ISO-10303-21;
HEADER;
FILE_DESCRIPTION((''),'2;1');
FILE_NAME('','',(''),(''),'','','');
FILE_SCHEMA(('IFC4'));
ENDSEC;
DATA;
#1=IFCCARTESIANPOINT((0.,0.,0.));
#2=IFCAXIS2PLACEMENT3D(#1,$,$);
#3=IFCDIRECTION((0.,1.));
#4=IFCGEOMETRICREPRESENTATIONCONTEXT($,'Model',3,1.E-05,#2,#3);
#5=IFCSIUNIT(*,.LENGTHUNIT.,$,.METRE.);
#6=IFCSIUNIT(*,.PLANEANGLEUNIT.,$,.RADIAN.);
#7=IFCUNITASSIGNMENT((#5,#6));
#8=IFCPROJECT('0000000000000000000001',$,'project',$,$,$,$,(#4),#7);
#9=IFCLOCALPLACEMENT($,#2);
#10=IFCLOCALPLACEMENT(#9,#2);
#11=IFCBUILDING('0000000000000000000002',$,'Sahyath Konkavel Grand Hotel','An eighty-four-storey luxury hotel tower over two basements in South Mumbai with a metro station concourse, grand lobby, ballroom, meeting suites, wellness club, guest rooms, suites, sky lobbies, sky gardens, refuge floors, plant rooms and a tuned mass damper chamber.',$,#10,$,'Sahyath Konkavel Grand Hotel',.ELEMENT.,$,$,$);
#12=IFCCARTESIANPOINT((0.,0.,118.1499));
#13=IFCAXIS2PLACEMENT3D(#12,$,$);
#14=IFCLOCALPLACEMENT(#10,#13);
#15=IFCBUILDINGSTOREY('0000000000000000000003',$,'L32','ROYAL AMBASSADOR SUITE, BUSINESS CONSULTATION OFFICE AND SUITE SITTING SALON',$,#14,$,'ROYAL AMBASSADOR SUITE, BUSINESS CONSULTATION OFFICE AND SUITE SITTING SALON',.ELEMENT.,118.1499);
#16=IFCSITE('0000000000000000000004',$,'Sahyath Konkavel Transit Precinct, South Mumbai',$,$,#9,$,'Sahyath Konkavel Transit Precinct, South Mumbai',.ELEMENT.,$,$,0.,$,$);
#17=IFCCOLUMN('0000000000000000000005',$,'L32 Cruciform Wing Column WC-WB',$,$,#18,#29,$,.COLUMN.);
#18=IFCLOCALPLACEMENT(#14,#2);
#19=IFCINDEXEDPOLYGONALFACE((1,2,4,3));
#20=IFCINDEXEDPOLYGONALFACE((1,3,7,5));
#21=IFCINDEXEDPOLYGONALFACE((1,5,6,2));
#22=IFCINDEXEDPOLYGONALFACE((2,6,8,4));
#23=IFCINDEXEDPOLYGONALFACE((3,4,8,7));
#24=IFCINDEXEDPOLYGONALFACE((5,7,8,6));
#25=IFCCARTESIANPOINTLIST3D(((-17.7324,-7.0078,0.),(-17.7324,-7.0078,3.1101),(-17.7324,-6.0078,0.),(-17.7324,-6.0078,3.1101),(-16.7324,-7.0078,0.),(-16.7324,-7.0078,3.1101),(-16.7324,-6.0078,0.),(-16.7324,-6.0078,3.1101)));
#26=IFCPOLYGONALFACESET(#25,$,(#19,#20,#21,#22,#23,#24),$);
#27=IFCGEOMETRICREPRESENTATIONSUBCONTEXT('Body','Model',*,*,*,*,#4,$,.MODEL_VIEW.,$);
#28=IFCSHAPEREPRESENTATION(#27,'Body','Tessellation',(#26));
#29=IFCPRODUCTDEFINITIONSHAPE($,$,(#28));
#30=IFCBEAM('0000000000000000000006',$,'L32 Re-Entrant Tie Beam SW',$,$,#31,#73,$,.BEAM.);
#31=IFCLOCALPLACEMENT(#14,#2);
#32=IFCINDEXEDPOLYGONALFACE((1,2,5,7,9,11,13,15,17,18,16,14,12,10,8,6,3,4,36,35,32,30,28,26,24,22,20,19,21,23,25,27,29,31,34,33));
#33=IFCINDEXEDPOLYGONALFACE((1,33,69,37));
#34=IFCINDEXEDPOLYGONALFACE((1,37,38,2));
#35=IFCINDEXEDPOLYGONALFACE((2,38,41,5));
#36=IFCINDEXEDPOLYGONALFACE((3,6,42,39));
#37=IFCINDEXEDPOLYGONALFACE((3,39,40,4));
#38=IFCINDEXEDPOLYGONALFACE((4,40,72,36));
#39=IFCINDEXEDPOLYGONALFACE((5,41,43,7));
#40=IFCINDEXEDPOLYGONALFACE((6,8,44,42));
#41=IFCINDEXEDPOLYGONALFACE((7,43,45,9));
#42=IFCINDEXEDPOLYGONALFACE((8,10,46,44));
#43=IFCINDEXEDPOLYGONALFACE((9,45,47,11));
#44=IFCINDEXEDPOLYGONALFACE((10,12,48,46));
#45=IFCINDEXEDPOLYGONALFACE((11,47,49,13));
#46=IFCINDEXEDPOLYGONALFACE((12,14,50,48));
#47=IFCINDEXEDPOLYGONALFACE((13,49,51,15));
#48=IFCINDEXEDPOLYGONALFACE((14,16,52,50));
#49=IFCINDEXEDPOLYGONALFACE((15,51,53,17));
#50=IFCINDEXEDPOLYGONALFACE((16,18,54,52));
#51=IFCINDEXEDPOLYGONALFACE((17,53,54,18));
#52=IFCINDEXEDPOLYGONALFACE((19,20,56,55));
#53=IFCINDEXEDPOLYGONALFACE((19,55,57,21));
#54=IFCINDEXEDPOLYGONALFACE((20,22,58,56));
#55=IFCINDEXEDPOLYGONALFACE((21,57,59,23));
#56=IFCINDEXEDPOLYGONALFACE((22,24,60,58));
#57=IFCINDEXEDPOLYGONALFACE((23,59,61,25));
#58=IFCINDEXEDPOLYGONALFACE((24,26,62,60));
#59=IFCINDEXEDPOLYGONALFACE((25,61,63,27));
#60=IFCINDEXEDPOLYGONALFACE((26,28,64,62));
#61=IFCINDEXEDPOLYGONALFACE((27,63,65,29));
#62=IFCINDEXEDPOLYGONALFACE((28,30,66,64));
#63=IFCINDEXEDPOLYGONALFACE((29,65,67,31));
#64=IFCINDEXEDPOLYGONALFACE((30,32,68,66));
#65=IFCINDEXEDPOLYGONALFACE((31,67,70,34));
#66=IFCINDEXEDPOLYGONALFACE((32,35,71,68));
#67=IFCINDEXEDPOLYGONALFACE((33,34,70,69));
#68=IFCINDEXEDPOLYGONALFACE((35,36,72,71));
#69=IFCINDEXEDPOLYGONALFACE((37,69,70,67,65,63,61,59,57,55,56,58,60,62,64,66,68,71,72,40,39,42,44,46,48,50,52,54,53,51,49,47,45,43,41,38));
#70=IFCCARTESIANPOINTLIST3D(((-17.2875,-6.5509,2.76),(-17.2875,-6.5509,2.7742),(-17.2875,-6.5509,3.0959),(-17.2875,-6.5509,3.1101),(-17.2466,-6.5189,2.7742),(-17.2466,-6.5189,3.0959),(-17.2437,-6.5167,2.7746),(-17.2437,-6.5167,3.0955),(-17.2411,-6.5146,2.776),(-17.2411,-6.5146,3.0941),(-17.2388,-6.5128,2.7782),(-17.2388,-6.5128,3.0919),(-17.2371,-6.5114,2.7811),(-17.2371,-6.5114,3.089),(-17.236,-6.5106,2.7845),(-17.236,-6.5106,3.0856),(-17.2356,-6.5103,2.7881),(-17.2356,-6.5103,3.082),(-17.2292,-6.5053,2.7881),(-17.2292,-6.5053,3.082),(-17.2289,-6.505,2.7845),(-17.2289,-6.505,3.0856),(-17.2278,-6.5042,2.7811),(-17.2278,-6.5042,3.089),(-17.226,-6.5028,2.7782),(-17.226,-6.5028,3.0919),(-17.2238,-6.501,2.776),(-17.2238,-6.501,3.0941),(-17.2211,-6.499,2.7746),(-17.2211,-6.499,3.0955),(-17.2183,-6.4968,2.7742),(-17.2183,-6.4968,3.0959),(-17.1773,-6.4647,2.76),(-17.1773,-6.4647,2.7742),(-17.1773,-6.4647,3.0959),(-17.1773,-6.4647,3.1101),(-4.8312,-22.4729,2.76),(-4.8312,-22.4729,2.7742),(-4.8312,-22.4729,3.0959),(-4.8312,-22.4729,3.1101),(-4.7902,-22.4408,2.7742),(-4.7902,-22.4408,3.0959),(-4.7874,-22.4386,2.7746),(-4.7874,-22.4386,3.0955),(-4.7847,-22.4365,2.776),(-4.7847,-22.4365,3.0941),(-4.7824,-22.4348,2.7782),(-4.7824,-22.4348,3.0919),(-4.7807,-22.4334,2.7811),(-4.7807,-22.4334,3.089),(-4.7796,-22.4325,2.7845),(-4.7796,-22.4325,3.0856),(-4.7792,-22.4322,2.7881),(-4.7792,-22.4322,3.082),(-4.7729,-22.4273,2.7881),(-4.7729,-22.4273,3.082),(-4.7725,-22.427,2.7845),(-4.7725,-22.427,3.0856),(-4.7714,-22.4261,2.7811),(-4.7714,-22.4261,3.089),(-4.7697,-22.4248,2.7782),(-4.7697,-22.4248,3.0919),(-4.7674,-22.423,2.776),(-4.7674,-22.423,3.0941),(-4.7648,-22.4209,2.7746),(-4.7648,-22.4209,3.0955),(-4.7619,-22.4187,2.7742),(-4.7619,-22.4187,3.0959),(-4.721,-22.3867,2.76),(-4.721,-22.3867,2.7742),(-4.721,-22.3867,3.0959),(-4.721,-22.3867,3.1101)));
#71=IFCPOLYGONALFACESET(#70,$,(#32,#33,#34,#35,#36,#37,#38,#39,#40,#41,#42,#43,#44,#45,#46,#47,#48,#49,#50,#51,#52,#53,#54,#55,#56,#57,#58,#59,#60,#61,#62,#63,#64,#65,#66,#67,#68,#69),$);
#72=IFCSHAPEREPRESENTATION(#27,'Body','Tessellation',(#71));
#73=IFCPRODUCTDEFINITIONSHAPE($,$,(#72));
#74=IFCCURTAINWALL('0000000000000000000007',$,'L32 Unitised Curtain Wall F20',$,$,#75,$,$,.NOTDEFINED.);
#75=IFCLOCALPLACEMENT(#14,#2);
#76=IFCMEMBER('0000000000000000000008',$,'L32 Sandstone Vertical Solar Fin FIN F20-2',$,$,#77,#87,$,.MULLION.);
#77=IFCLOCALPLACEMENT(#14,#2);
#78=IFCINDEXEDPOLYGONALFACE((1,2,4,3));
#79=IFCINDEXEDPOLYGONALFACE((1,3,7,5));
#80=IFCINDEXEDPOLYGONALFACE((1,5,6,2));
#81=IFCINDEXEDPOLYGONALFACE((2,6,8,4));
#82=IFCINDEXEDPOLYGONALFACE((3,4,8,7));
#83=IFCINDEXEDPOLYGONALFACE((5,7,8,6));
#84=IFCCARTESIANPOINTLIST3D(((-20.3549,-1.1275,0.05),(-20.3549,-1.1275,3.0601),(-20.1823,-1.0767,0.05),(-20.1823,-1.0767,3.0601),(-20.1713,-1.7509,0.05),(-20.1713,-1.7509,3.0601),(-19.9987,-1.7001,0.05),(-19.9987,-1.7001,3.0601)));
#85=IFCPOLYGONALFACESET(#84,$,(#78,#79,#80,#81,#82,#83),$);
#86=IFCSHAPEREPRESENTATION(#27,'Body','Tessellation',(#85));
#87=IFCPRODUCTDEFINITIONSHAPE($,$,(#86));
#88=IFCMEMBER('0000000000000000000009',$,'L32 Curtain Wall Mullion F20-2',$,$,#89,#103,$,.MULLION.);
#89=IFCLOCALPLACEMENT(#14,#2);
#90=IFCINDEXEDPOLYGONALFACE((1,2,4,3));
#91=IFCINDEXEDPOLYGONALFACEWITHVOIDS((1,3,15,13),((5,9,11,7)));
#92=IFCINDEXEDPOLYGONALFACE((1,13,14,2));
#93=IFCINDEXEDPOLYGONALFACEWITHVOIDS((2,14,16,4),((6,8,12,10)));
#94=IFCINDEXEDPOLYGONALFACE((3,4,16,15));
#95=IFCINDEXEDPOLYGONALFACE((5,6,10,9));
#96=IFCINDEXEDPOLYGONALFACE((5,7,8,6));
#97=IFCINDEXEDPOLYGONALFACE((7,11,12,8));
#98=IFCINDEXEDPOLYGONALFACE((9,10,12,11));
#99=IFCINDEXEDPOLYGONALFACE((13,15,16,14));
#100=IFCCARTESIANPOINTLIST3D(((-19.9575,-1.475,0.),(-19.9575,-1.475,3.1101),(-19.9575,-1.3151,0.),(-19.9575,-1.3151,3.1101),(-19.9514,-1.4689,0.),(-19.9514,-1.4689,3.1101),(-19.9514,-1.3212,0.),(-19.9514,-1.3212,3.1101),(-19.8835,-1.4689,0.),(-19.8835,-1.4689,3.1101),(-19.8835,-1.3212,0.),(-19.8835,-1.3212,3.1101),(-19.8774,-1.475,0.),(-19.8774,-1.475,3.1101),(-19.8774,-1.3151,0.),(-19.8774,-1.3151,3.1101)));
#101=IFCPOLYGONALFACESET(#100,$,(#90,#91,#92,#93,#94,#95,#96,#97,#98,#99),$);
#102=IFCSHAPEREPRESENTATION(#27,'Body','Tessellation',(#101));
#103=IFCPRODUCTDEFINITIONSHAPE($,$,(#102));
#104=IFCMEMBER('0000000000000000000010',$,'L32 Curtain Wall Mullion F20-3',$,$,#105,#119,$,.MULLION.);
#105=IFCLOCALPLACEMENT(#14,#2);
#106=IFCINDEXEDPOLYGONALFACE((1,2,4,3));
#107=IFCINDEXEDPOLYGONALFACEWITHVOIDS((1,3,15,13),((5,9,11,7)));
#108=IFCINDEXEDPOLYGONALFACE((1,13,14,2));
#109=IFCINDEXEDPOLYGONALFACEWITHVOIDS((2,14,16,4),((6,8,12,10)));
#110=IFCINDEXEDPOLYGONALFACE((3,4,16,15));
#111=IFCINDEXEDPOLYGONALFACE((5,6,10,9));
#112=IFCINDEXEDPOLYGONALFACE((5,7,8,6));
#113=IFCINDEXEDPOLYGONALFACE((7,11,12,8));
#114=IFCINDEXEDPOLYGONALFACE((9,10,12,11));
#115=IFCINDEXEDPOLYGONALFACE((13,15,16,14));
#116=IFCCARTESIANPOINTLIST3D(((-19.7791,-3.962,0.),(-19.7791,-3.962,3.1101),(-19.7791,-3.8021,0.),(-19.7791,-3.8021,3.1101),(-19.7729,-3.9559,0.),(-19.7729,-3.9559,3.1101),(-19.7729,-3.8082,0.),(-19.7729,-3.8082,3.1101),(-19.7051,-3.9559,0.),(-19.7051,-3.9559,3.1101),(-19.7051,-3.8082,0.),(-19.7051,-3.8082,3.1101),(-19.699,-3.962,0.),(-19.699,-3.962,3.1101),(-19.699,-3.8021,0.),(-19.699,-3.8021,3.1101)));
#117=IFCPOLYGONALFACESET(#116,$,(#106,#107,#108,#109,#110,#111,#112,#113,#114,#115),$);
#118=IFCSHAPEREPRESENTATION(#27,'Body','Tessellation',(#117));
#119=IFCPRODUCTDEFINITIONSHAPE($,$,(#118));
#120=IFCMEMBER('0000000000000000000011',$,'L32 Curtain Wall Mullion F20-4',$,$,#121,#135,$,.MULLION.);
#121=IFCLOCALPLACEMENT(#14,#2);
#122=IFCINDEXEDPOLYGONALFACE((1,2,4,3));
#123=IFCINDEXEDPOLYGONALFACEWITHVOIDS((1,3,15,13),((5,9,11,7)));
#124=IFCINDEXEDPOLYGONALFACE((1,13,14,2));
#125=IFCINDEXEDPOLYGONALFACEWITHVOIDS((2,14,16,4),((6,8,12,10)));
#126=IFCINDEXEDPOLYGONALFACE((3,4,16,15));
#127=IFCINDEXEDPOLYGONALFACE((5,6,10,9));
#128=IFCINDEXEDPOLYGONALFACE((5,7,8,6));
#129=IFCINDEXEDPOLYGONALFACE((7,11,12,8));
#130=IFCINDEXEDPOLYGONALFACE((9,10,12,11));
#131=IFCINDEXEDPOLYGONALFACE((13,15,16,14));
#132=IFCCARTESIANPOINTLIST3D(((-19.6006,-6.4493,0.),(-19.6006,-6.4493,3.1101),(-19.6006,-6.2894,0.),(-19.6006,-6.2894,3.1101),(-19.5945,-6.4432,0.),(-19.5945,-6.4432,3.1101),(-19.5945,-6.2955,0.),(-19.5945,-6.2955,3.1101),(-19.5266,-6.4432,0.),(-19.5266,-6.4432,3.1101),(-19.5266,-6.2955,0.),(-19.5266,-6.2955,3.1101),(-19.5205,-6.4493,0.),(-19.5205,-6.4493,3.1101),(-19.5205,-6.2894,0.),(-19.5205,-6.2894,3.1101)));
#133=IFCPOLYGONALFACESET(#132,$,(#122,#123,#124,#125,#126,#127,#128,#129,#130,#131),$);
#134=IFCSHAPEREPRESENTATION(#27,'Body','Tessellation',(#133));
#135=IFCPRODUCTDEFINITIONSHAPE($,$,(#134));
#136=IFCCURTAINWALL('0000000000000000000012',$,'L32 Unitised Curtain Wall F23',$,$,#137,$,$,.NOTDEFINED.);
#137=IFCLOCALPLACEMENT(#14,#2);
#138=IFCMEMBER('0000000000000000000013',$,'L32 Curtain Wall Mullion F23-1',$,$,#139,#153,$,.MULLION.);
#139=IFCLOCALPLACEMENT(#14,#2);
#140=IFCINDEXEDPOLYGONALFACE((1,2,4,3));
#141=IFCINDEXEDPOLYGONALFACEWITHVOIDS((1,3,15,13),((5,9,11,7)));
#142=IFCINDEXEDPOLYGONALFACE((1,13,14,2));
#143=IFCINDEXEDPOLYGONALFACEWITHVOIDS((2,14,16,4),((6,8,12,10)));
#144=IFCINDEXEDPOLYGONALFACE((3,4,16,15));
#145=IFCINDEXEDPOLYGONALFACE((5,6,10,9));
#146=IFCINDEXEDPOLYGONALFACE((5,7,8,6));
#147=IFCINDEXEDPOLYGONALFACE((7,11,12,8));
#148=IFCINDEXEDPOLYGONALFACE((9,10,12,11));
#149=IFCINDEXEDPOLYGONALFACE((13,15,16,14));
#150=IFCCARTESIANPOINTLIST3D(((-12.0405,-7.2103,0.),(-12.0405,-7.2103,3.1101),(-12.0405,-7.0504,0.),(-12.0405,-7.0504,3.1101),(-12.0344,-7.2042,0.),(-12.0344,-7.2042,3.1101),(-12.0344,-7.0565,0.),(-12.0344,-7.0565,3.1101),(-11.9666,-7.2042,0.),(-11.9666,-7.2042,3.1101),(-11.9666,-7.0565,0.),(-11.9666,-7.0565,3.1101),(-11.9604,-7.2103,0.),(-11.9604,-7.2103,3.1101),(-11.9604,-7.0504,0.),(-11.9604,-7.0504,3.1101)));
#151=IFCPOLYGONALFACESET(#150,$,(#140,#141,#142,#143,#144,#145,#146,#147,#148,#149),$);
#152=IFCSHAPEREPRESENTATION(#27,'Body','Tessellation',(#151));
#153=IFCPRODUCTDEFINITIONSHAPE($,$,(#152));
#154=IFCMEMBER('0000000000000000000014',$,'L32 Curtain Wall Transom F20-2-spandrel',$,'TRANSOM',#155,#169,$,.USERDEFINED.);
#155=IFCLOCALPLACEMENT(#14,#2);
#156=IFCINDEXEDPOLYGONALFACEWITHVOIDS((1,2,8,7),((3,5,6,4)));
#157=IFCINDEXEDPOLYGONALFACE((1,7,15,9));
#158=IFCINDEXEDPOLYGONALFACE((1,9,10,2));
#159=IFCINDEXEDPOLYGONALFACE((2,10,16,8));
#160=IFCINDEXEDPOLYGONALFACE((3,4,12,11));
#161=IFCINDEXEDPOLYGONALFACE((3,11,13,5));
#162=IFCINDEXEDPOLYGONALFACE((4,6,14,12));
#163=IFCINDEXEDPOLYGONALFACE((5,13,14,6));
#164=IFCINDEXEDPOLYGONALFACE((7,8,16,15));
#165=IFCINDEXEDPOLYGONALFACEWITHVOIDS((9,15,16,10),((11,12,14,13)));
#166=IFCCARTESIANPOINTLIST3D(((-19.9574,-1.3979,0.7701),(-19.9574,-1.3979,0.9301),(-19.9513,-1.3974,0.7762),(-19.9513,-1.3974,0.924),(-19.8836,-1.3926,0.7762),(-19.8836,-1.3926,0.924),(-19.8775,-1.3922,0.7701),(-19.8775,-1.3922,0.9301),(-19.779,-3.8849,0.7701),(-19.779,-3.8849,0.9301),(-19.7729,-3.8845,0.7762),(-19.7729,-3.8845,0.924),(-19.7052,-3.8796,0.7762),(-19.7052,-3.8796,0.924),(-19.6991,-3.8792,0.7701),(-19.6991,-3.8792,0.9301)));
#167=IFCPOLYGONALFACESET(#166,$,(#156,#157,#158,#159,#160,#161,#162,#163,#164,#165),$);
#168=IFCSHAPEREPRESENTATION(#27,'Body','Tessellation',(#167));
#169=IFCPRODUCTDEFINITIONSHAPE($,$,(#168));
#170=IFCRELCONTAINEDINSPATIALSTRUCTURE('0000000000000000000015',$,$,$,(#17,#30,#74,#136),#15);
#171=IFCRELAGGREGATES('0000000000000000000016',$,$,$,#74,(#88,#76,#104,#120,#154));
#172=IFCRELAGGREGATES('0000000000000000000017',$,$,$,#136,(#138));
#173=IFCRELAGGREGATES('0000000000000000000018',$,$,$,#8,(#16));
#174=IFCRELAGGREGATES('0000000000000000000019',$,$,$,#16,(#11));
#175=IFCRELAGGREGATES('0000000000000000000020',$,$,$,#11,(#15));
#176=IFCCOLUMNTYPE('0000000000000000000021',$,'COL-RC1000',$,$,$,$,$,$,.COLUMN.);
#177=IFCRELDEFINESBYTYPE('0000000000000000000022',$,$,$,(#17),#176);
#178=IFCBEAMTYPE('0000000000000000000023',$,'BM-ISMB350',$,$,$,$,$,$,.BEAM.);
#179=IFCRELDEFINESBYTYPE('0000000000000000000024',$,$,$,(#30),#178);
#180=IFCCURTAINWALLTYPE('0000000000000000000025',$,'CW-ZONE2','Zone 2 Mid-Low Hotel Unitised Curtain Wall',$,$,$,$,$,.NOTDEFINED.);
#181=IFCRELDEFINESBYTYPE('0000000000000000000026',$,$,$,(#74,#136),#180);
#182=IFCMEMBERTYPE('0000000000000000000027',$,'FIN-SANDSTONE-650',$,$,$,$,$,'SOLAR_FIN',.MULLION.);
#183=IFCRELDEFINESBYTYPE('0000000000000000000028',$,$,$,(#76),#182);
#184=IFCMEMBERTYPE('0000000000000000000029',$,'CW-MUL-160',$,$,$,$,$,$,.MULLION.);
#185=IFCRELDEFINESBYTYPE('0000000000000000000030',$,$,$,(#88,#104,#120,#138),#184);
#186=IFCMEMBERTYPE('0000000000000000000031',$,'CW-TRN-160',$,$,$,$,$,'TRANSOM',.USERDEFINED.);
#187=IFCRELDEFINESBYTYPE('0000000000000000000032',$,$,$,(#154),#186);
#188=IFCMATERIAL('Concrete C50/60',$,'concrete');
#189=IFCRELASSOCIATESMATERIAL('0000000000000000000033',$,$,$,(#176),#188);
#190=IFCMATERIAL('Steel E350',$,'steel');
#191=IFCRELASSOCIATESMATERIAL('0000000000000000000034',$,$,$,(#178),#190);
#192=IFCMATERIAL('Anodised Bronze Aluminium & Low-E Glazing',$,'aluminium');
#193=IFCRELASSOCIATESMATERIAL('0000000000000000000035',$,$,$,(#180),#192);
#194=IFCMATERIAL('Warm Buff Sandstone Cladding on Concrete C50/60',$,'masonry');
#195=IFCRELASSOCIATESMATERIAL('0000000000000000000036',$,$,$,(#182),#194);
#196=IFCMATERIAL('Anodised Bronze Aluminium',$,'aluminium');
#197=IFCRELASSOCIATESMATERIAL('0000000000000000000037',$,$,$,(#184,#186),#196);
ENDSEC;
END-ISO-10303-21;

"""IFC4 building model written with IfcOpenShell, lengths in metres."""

from ifc_helpers import new_model, si_unit, direction, frame, origin, origin_2d, place, context, subcontext, project, spatial, rectangle, hollow_rectangle, i_section, extrude, source, transform, mapped, material, material_profile, profile_set, type_object, element, aggregate, save


model = new_model("IFC4")

# Units and contexts
model_context = context("Model", 3, precision=1e-05, world=origin(), true_north=direction((0.0, 1.0)))
body_context = subcontext(model_context, "Body", "Model", "MODEL_VIEW")
ifc_project = project(units=[si_unit("LENGTHUNIT", "METRE"), si_unit("PLANEANGLEUNIT", "RADIAN")], contexts=[model_context])

# Site, building, storey
site_placement = place(None, origin())
site = spatial("IfcSite", under=ifc_project, at=site_placement, Name="Sahyath Konkavel Transit Precinct, South Mumbai", LongName="Sahyath Konkavel Transit Precinct, South Mumbai", CompositionType="ELEMENT", RefElevation=0.0)
building_placement = place(site_placement, origin())
building = spatial("IfcBuilding", under=site, at=building_placement, Name="Sahyath Konkavel Grand Hotel", Description="An eighty-four-storey luxury hotel tower over two basements in South Mumbai with a metro station concourse, grand lobby, ballroom, meeting suites, wellness club, guest rooms, suites, sky lobbies, sky gardens, refuge floors, plant rooms and a tuned mass damper chamber.", LongName="Sahyath Konkavel Grand Hotel", CompositionType="ELEMENT")
storey_placement = place(building_placement, frame((0.0, 0.0, 118.1499)))
storey = spatial("IfcBuildingStorey", under=building, at=storey_placement, Name="L32", Description="ROYAL AMBASSADOR SUITE, BUSINESS CONSULTATION OFFICE AND SUITE SITTING SALON", LongName="ROYAL AMBASSADOR SUITE, BUSINESS CONSULTATION OFFICE AND SUITE SITTING SALON", CompositionType="ELEMENT", Elevation=118.1499)

# Column
ifc_material_1 = material(Name="Concrete C50/60", Category="concrete")
ifc_material_profile_1 = material_profile(ifc_material_1, rectangle(XDim=1.0, YDim=1.0, at=origin_2d()), Name="RC 1000x1000")
ifc_profile_set_1 = profile_set([ifc_material_profile_1], Name="Concrete C50/60")
column_type = type_object("IfcColumnType", Name="COL-RC1000", PredefinedType="COLUMN", material=ifc_profile_set_1)
shared_shape_1 = source(origin(), body_context, "Body", "SweptSolid", [
    extrude(rectangle(XDim=1.0, YDim=1.0, at=origin_2d()), origin(), (0.0, 0.0, 1.0), 3.1101),
])
column_placement = place(storey_placement, frame((-17.2324, -6.5078, 0.0), z_axis=(0.0, 0.0, 1.0), x_axis=(1.0, 0.0, 0.0)))
element("IfcColumn", 1, at=column_placement, inside=storey, type_object=column_type, Name="L32 Cruciform Wing Column WC-WB", PredefinedType="COLUMN", context=body_context, shape_type="MappedRepresentation", body=[
    mapped(shared_shape_1, transform((0.0, 0.0, 0.0), scale=1.0)),
])

# Beam
ifc_material_2 = material(Name="Steel E350", Category="steel")
ifc_material_profile_2 = material_profile(ifc_material_2, i_section(OverallWidth=0.1399, OverallDepth=0.3501, WebThickness=0.0081, FlangeThickness=0.0142, FilletRadius=0.0139, at=origin_2d()), Name="ISMB 350")
ifc_profile_set_2 = profile_set([ifc_material_profile_2], Name="Steel E350")
beam_type_1 = type_object("IfcBeamType", Name="BM-ISMB350", PredefinedType="BEAM", material=ifc_profile_set_2)
shared_shape_2 = source(origin(), body_context, "Body", "SweptSolid", [
    extrude(i_section(OverallWidth=0.1399, OverallDepth=0.3501, WebThickness=0.0081, FlangeThickness=0.0142, FilletRadius=0.0139, at=origin_2d()), origin(), (0.0, 0.0, 1.0), 20.2156),
])
beam_1_placement = place(storey_placement, frame((-17.2324, -6.5078, 2.9351), z_axis=(0.616176, -0.787608, 0.0), x_axis=(0.787608, 0.616176, 0.0)))
element("IfcBeam", 2, at=beam_1_placement, inside=storey, type_object=beam_type_1, Name="L32 Re-Entrant Tie Beam SW", PredefinedType="BEAM", context=body_context, shape_type="MappedRepresentation", body=[
    mapped(shared_shape_2, transform((0.0, 0.0, 0.0), scale=1.0)),
])

# Curtain wall, members
ifc_material_3 = material(Name="Anodised Bronze Aluminium & Low-E Glazing", Category="aluminium")
curtain_wall_type = type_object("IfcCurtainWallType", Name="CW-ZONE2", Description="Zone 2 Mid-Low Hotel Unitised Curtain Wall", PredefinedType="NOTDEFINED", material=ifc_material_3)
curtain_wall_1_placement = place(storey_placement, origin())
curtain_wall_1 = element("IfcCurtainWall", 3, at=curtain_wall_1_placement, inside=storey, type_object=curtain_wall_type, Name="L32 Unitised Curtain Wall F20", PredefinedType="NOTDEFINED")
ifc_material_4 = material(Name="Warm Buff Sandstone Cladding on Concrete C50/60", Category="masonry")
ifc_material_profile_3 = material_profile(ifc_material_4, rectangle(XDim=0.1799, YDim=0.6499, at=origin_2d()), Name="FIN 180x650")
ifc_profile_set_3 = profile_set([ifc_material_profile_3], Name="Warm Buff Sandstone Cladding on Concrete C50/60")
member_type_1 = type_object("IfcMemberType", Name="FIN-SANDSTONE-650", ElementType="SOLAR_FIN", PredefinedType="MULLION", material=ifc_profile_set_3)
shared_shape_3 = source(origin(), body_context, "Body", "SweptSolid", [
    extrude(rectangle(XDim=0.1799, YDim=0.6499, at=origin_2d()), origin(), (0.0, 0.0, 1.0), 3.01),
])
member_1_placement = place(storey_placement, frame((-20.1768, -1.4138, 0.05), z_axis=(0.0, 0.0, 1.0), x_axis=(0.959265, 0.282509, 0.0)))
member_1 = element("IfcMember", 4, at=member_1_placement, type_object=member_type_1, Name="L32 Sandstone Vertical Solar Fin FIN F20-2", PredefinedType="MULLION", context=body_context, shape_type="MappedRepresentation", body=[
    mapped(shared_shape_3, transform((0.0, 0.0, 0.0), scale=1.0)),
])
ifc_material_5 = material(Name="Anodised Bronze Aluminium", Category="aluminium")
ifc_material_profile_4 = material_profile(ifc_material_5, hollow_rectangle(XDim=0.0801, YDim=0.1599, WallThickness=0.0061, at=origin_2d()), Name="RHS 160x80x6")
ifc_profile_set_4 = profile_set([ifc_material_profile_4], Name="Anodised Bronze Aluminium")
member_type_2 = type_object("IfcMemberType", Name="CW-MUL-160", PredefinedType="MULLION", material=ifc_profile_set_4)
shared_shape_4 = source(origin(), body_context, "Body", "SweptSolid", [
    extrude(hollow_rectangle(XDim=0.0801, YDim=0.1599, WallThickness=0.0061, at=origin_2d()), origin(), (0.0, 0.0, 1.0), 3.1101),
])
member_2_placement = place(storey_placement, frame((-19.9175, -1.395, 0.0), z_axis=(0.0, 0.0, 1.0), x_axis=(1.0, 0.0, 0.0)))
member_2 = element("IfcMember", 5, at=member_2_placement, type_object=member_type_2, Name="L32 Curtain Wall Mullion F20-2", PredefinedType="MULLION", context=body_context, shape_type="MappedRepresentation", body=[
    mapped(shared_shape_4, transform((0.0, 0.0, 0.0), scale=1.0)),
])
member_3_placement = place(storey_placement, frame((-19.739, -3.8821, 0.0), z_axis=(0.0, 0.0, 1.0), x_axis=(1.0, 0.0, 0.0)))
member_3 = element("IfcMember", 6, at=member_3_placement, type_object=member_type_2, Name="L32 Curtain Wall Mullion F20-3", PredefinedType="MULLION", context=body_context, shape_type="MappedRepresentation", body=[
    mapped(shared_shape_4, transform((0.0, 0.0, 0.0), scale=1.0)),
])
member_4_placement = place(storey_placement, frame((-19.5605, -6.3694, 0.0), z_axis=(0.0, 0.0, 1.0), x_axis=(1.0, 0.0, 0.0)))
member_4 = element("IfcMember", 7, at=member_4_placement, type_object=member_type_2, Name="L32 Curtain Wall Mullion F20-4", PredefinedType="MULLION", context=body_context, shape_type="MappedRepresentation", body=[
    mapped(shared_shape_4, transform((0.0, 0.0, 0.0), scale=1.0)),
])

# Curtain wall, member
curtain_wall_2_placement = place(storey_placement, origin())
curtain_wall_2 = element("IfcCurtainWall", 8, at=curtain_wall_2_placement, inside=storey, type_object=curtain_wall_type, Name="L32 Unitised Curtain Wall F23", PredefinedType="NOTDEFINED")
member_5_placement = place(storey_placement, frame((-12.0005, -7.1304, 0.0), z_axis=(0.0, 0.0, 1.0), x_axis=(1.0, 0.0, 0.0)))
member_5 = element("IfcMember", 9, at=member_5_placement, type_object=member_type_2, Name="L32 Curtain Wall Mullion F23-1", PredefinedType="MULLION", context=body_context, shape_type="MappedRepresentation", body=[
    mapped(shared_shape_4, transform((0.0, 0.0, 0.0), scale=1.0)),
])

# Member
ifc_material_profile_5 = material_profile(ifc_material_5, hollow_rectangle(XDim=0.0801, YDim=0.1599, WallThickness=0.0061, at=origin_2d()), Name="RHS 160x80x6")
ifc_profile_set_5 = profile_set([ifc_material_profile_5], Name="Anodised Bronze Aluminium")
member_type_3 = type_object("IfcMemberType", Name="CW-TRN-160", ElementType="TRANSOM", PredefinedType="USERDEFINED", material=ifc_profile_set_5)
shared_shape_5 = source(origin(), body_context, "Body", "SweptSolid", [
    extrude(hollow_rectangle(XDim=0.0801, YDim=0.1599, WallThickness=0.0061, at=origin_2d()), origin(), (0.0, 0.0, 1.0), 2.4934),
])
member_6_placement = place(storey_placement, frame((-19.9175, -1.395, 0.8501), z_axis=(0.071574, -0.997435, 0.0), x_axis=(0.997435, 0.071574, 0.0)))
member_6 = element("IfcMember", 10, at=member_6_placement, type_object=member_type_3, Name="L32 Curtain Wall Transom F20-2-spandrel", ObjectType="TRANSOM", PredefinedType="USERDEFINED", context=body_context, shape_type="MappedRepresentation", body=[
    mapped(shared_shape_5, transform((0.0, 0.0, 0.0), scale=1.0)),
])

aggregate(curtain_wall_1, [member_2, member_1, member_3, member_4, member_6])
aggregate(curtain_wall_2, [member_5])

save(model, "model.ifc")
